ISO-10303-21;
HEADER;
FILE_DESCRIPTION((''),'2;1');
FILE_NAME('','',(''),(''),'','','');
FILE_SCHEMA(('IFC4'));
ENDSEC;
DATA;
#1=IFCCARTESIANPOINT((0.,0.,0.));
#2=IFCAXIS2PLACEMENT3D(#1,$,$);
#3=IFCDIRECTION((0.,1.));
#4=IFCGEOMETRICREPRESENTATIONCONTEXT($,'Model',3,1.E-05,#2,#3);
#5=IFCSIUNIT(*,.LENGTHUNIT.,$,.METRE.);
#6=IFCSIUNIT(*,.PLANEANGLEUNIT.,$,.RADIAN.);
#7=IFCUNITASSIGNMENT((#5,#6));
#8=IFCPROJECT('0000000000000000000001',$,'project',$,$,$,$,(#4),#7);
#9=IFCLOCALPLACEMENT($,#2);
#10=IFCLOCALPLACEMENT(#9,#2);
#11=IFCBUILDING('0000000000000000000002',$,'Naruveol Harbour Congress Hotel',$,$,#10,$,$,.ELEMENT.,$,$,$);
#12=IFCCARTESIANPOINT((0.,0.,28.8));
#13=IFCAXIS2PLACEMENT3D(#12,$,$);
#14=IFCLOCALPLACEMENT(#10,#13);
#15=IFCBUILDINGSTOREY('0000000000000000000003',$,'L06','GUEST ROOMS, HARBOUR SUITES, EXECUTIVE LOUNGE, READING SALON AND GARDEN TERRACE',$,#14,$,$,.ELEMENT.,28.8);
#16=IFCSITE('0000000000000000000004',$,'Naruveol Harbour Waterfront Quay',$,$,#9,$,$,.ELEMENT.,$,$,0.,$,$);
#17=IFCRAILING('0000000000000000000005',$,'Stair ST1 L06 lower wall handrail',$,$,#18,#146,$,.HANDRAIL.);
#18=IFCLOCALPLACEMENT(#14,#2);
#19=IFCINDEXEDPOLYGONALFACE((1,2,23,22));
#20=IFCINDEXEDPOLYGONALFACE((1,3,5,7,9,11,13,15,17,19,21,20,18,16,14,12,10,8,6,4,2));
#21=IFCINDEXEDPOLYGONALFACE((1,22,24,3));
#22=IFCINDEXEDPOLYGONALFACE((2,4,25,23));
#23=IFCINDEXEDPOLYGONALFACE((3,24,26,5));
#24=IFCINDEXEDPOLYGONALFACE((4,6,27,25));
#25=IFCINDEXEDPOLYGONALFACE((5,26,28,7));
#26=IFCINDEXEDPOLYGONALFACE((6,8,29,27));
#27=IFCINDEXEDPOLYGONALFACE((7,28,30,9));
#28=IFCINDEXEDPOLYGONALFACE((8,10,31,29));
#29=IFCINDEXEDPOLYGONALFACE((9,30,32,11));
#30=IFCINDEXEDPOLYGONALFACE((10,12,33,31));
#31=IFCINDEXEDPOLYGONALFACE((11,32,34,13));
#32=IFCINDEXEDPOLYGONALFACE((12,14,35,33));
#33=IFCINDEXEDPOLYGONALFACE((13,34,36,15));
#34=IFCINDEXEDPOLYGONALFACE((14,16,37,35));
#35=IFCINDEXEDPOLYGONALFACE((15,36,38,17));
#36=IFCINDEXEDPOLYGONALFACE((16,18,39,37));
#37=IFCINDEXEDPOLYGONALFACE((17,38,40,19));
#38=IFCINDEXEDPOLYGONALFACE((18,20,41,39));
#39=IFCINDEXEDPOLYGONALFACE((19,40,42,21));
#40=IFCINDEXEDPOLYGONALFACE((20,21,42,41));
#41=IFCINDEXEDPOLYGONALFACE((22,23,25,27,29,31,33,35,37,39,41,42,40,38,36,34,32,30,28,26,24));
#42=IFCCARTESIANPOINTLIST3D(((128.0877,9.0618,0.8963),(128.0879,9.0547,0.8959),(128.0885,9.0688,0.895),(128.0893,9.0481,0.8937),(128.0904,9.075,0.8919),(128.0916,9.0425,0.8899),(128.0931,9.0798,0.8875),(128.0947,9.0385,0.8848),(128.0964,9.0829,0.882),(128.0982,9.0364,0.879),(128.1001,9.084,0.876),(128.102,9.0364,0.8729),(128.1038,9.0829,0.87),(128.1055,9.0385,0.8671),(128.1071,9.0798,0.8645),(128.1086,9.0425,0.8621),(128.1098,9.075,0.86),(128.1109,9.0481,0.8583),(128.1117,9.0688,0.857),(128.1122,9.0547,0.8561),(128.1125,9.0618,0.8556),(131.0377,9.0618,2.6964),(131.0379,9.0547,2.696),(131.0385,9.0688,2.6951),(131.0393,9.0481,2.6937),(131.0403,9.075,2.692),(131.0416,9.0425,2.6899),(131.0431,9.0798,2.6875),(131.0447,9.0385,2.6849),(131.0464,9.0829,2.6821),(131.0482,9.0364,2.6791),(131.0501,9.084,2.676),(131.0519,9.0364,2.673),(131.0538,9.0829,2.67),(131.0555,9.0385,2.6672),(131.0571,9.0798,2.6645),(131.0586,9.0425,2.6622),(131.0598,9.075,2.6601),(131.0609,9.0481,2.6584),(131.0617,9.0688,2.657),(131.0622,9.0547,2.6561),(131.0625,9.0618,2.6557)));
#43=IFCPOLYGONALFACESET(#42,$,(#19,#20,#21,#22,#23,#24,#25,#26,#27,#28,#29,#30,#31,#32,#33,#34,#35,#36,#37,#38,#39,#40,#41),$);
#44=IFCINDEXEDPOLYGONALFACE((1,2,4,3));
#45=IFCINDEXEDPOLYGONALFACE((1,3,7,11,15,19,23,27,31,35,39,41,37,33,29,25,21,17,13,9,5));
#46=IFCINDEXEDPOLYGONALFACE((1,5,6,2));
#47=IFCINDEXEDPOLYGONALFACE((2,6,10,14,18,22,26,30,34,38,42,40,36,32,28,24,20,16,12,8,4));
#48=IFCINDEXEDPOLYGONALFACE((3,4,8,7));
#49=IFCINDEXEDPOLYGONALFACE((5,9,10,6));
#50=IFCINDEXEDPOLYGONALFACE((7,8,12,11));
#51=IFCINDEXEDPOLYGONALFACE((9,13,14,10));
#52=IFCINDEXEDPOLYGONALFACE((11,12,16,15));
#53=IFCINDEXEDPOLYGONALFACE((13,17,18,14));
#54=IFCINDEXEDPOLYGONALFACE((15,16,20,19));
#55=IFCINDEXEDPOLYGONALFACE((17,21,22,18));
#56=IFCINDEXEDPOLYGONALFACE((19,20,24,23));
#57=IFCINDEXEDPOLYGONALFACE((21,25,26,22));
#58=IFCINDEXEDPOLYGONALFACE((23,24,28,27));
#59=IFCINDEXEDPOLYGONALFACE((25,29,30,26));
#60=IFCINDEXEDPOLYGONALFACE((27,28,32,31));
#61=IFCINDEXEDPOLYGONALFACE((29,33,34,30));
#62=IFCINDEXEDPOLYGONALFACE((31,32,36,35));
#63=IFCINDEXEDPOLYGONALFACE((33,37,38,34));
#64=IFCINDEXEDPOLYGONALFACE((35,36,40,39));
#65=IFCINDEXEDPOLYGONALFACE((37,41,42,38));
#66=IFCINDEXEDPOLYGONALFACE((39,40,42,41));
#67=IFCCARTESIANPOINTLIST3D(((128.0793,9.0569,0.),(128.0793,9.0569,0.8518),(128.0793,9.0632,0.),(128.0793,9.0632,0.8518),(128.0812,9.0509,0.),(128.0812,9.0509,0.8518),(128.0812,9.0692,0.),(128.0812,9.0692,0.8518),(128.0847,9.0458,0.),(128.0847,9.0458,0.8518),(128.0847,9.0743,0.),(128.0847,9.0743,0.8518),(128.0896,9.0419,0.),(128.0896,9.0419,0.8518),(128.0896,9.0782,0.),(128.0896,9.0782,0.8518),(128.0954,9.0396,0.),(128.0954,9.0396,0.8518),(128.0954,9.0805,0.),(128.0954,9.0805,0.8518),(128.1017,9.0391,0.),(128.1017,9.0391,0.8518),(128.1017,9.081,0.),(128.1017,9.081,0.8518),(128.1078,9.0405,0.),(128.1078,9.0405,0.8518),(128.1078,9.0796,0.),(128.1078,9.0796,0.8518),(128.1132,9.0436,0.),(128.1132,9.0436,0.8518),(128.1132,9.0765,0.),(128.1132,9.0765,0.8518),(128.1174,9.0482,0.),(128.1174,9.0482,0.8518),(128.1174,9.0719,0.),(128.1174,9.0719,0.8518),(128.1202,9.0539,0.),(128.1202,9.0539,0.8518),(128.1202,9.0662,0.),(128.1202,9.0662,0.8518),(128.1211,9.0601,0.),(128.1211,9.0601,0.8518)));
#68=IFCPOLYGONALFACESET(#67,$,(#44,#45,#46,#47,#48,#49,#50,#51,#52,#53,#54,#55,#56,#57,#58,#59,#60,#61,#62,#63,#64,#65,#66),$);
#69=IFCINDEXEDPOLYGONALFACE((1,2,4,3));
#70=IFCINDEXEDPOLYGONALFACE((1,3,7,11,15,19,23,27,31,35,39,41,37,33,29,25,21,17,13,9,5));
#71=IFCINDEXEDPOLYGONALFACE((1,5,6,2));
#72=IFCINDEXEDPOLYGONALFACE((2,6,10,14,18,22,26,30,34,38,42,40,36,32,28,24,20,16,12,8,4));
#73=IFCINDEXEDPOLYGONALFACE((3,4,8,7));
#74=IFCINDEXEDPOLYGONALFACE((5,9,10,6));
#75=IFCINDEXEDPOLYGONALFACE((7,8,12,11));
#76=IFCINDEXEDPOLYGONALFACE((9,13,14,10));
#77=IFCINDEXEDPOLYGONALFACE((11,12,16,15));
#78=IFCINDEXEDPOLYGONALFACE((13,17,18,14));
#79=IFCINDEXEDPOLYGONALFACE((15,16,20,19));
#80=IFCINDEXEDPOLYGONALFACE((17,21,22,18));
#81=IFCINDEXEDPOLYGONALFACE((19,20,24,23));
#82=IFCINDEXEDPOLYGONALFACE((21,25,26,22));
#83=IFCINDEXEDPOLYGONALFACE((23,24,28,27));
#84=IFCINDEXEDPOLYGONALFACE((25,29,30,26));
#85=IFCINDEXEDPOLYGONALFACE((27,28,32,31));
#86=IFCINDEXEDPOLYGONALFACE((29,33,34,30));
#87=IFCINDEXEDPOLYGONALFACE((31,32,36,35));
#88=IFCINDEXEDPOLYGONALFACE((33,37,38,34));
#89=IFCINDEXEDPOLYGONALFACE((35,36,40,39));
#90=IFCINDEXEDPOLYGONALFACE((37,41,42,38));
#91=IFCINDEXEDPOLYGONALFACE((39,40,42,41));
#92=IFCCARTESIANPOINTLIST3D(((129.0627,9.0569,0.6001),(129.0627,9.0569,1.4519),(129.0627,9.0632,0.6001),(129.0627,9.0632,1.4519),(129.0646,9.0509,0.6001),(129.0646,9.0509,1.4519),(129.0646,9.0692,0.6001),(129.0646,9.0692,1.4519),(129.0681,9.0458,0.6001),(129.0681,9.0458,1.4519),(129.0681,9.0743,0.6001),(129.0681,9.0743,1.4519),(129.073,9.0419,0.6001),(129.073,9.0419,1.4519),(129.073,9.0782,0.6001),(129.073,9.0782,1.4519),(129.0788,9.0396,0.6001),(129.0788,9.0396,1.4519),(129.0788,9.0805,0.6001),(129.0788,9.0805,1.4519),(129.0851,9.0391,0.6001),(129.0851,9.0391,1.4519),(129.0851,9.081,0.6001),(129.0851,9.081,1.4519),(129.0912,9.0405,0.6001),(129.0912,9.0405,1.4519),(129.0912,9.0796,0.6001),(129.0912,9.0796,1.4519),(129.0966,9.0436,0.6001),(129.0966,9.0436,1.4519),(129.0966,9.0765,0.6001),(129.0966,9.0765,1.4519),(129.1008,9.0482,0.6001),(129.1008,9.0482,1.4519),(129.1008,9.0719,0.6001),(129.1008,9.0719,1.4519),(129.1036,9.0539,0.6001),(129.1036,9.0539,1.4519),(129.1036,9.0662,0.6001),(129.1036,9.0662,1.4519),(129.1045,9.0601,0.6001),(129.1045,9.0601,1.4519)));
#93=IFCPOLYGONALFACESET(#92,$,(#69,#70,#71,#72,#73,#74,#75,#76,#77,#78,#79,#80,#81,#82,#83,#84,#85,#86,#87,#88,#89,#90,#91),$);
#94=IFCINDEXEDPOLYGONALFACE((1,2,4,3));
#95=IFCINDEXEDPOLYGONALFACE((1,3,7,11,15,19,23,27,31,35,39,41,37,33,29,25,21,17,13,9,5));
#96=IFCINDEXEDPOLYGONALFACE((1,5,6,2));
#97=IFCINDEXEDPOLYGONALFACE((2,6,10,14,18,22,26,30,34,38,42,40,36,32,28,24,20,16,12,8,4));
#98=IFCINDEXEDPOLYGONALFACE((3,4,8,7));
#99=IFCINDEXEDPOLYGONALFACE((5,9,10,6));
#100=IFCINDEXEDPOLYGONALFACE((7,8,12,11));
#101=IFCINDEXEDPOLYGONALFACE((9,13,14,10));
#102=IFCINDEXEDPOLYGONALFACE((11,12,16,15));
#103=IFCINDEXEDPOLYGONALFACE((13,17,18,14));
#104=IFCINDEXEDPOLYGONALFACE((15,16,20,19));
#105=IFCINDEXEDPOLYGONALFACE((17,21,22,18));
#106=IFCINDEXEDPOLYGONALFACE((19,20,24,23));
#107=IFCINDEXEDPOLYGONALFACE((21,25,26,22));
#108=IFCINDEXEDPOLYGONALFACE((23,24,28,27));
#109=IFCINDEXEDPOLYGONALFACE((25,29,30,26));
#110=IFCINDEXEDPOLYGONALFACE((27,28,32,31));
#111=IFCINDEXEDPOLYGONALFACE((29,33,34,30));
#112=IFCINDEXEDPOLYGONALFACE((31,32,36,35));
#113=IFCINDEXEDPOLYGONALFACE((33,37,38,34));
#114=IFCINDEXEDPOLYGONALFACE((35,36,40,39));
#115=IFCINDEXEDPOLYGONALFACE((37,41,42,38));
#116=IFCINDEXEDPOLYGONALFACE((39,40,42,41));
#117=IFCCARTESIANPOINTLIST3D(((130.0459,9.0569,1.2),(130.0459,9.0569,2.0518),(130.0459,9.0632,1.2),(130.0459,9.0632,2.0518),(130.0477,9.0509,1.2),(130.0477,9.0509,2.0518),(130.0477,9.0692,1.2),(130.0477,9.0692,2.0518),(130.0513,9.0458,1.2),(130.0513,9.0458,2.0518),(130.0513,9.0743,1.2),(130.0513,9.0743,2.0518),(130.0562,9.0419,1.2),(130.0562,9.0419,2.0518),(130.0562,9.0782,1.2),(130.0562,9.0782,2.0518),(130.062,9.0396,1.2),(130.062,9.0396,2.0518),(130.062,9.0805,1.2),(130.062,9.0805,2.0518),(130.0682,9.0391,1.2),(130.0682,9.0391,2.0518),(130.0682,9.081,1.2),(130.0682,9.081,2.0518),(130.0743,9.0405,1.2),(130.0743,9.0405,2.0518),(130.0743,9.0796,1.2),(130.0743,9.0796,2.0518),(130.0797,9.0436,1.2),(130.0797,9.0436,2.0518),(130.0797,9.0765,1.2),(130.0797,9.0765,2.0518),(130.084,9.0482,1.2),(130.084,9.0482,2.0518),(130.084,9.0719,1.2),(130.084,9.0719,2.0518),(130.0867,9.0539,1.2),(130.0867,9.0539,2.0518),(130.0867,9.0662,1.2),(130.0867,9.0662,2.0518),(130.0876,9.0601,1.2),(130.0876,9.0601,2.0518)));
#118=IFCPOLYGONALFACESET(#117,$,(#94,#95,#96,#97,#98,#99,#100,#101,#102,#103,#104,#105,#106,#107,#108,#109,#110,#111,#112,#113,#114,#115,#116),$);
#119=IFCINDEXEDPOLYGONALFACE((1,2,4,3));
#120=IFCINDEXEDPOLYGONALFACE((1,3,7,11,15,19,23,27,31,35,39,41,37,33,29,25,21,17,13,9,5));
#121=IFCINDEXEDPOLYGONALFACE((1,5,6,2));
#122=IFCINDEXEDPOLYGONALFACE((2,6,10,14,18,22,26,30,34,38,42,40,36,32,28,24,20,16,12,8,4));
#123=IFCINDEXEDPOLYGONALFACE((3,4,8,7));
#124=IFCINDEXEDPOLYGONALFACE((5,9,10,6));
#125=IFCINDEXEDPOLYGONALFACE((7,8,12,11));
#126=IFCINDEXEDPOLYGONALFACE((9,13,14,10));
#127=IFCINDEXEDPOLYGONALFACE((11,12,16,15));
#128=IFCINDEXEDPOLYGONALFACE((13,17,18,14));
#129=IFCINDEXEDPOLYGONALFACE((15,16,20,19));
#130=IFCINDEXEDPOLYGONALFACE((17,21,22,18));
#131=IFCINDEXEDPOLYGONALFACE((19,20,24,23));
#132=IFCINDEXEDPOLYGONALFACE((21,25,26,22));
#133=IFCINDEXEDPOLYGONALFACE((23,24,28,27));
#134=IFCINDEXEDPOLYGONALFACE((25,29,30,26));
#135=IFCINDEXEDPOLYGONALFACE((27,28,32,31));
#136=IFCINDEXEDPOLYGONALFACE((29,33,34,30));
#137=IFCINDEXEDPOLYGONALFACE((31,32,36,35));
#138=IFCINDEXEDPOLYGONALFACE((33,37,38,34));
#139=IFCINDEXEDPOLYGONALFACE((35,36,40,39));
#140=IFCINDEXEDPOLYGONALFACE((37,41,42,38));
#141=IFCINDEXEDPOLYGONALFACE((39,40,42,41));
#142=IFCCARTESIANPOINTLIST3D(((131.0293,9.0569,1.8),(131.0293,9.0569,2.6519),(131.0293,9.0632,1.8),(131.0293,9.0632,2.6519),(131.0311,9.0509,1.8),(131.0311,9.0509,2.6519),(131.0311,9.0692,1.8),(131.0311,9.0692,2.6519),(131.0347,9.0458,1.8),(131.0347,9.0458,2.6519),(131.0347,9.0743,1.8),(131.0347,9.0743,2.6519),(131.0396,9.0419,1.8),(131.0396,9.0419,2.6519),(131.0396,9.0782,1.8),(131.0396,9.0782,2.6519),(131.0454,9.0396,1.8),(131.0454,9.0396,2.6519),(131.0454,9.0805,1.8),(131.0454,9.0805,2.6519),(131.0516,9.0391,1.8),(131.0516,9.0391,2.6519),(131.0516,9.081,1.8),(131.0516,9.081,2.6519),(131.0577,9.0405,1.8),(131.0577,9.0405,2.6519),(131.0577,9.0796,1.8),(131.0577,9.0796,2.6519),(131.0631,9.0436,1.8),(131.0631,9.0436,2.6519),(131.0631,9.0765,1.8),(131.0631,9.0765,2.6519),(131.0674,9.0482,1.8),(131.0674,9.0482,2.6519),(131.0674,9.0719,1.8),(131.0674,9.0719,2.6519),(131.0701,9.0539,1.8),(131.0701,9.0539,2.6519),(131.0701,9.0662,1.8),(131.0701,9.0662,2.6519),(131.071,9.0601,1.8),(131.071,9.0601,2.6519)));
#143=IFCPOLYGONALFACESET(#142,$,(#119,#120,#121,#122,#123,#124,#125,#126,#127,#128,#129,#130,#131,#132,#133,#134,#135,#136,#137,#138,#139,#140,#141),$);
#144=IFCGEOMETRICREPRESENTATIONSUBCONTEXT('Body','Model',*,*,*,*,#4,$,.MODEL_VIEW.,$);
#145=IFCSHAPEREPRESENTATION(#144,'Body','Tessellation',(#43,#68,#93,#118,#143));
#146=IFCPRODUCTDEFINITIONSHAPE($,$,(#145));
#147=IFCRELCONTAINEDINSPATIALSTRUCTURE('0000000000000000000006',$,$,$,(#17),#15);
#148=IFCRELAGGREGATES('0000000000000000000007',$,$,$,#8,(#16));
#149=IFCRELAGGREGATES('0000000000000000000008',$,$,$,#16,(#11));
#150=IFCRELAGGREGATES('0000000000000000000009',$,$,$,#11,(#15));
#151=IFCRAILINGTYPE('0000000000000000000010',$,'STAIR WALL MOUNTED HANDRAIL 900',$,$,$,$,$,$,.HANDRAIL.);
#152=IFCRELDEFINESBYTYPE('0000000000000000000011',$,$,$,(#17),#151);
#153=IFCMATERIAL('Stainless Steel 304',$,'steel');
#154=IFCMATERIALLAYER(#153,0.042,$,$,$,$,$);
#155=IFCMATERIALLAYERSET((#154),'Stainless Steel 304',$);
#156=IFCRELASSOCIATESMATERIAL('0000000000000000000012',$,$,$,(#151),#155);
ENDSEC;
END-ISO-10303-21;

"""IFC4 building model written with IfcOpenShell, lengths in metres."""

from ifc_helpers import new_model, si_unit, direction, frame, origin, origin_2d, place, context, subcontext, project, spatial, circle, extrude, material, layer, layer_set, type_object, element, save


model = new_model("IFC4")

# Units and contexts
model_context = context("Model", 3, precision=1e-05, world=origin(), true_north=direction((0.0, 1.0)))
body_context = subcontext(model_context, "Body", "Model", "MODEL_VIEW")
ifc_project = project(units=[si_unit("LENGTHUNIT", "METRE"), si_unit("PLANEANGLEUNIT", "RADIAN")], contexts=[model_context])

# Site, building, storey
site_placement = place(None, origin())
site = spatial("IfcSite", under=ifc_project, at=site_placement, Name="Naruveol Harbour Waterfront Quay", CompositionType="ELEMENT", RefElevation=0.0)
building_placement = place(site_placement, origin())
building = spatial("IfcBuilding", under=site, at=building_placement, Name="Naruveol Harbour Congress Hotel", CompositionType="ELEMENT")
storey_placement = place(building_placement, frame((0.0, 0.0, 28.8)))
storey = spatial("IfcBuildingStorey", under=building, at=storey_placement, Name="L06", Description="GUEST ROOMS, HARBOUR SUITES, EXECUTIVE LOUNGE, READING SALON AND GARDEN TERRACE", CompositionType="ELEMENT", Elevation=28.8)

# Railing
ifc_material_1 = material(Name="Stainless Steel 304", Category="steel")
ifc_layer_1 = layer(ifc_material_1, 0.042)
ifc_layer_set_1 = layer_set([ifc_layer_1], Name="Stainless Steel 304")
railing_type_1 = type_object("IfcRailingType", Name="STAIR WALL MOUNTED HANDRAIL 900", PredefinedType="HANDRAIL", material=ifc_layer_set_1)
railing_1_placement = place(storey_placement, frame((128.1001, 9.0601, 0.0)))
element("IfcRailing", 1, at=railing_1_placement, inside=storey, type_object=railing_type_1, Name="Stair ST1 L06 lower wall handrail", PredefinedType="HANDRAIL", context=body_context, shape_type="SweptSolid", body=[
    extrude(circle(Radius=0.0239, at=origin_2d()), frame((0.0, 0.0, 0.876), z_axis=(0.853629, 0.0, 0.520881), x_axis=(0.0, 1.0, 0.0)), (0.0, 0.0, 1.0), 3.4558),
    extrude(circle(Radius=0.021, at=origin_2d()), origin(), (0.0, 0.0, 1.0), 0.8518),
    extrude(circle(Radius=0.021, at=origin_2d()), frame((0.9834, 0.0, 0.6001)), (0.0, 0.0, 1.0), 0.8518),
    extrude(circle(Radius=0.021, at=origin_2d()), frame((1.9666, 0.0, 1.2)), (0.0, 0.0, 1.0), 0.8518),
    extrude(circle(Radius=0.021, at=origin_2d()), frame((2.95, 0.0, 1.8)), (0.0, 0.0, 1.0), 0.8518),
])

save(model, "model.ifc")
